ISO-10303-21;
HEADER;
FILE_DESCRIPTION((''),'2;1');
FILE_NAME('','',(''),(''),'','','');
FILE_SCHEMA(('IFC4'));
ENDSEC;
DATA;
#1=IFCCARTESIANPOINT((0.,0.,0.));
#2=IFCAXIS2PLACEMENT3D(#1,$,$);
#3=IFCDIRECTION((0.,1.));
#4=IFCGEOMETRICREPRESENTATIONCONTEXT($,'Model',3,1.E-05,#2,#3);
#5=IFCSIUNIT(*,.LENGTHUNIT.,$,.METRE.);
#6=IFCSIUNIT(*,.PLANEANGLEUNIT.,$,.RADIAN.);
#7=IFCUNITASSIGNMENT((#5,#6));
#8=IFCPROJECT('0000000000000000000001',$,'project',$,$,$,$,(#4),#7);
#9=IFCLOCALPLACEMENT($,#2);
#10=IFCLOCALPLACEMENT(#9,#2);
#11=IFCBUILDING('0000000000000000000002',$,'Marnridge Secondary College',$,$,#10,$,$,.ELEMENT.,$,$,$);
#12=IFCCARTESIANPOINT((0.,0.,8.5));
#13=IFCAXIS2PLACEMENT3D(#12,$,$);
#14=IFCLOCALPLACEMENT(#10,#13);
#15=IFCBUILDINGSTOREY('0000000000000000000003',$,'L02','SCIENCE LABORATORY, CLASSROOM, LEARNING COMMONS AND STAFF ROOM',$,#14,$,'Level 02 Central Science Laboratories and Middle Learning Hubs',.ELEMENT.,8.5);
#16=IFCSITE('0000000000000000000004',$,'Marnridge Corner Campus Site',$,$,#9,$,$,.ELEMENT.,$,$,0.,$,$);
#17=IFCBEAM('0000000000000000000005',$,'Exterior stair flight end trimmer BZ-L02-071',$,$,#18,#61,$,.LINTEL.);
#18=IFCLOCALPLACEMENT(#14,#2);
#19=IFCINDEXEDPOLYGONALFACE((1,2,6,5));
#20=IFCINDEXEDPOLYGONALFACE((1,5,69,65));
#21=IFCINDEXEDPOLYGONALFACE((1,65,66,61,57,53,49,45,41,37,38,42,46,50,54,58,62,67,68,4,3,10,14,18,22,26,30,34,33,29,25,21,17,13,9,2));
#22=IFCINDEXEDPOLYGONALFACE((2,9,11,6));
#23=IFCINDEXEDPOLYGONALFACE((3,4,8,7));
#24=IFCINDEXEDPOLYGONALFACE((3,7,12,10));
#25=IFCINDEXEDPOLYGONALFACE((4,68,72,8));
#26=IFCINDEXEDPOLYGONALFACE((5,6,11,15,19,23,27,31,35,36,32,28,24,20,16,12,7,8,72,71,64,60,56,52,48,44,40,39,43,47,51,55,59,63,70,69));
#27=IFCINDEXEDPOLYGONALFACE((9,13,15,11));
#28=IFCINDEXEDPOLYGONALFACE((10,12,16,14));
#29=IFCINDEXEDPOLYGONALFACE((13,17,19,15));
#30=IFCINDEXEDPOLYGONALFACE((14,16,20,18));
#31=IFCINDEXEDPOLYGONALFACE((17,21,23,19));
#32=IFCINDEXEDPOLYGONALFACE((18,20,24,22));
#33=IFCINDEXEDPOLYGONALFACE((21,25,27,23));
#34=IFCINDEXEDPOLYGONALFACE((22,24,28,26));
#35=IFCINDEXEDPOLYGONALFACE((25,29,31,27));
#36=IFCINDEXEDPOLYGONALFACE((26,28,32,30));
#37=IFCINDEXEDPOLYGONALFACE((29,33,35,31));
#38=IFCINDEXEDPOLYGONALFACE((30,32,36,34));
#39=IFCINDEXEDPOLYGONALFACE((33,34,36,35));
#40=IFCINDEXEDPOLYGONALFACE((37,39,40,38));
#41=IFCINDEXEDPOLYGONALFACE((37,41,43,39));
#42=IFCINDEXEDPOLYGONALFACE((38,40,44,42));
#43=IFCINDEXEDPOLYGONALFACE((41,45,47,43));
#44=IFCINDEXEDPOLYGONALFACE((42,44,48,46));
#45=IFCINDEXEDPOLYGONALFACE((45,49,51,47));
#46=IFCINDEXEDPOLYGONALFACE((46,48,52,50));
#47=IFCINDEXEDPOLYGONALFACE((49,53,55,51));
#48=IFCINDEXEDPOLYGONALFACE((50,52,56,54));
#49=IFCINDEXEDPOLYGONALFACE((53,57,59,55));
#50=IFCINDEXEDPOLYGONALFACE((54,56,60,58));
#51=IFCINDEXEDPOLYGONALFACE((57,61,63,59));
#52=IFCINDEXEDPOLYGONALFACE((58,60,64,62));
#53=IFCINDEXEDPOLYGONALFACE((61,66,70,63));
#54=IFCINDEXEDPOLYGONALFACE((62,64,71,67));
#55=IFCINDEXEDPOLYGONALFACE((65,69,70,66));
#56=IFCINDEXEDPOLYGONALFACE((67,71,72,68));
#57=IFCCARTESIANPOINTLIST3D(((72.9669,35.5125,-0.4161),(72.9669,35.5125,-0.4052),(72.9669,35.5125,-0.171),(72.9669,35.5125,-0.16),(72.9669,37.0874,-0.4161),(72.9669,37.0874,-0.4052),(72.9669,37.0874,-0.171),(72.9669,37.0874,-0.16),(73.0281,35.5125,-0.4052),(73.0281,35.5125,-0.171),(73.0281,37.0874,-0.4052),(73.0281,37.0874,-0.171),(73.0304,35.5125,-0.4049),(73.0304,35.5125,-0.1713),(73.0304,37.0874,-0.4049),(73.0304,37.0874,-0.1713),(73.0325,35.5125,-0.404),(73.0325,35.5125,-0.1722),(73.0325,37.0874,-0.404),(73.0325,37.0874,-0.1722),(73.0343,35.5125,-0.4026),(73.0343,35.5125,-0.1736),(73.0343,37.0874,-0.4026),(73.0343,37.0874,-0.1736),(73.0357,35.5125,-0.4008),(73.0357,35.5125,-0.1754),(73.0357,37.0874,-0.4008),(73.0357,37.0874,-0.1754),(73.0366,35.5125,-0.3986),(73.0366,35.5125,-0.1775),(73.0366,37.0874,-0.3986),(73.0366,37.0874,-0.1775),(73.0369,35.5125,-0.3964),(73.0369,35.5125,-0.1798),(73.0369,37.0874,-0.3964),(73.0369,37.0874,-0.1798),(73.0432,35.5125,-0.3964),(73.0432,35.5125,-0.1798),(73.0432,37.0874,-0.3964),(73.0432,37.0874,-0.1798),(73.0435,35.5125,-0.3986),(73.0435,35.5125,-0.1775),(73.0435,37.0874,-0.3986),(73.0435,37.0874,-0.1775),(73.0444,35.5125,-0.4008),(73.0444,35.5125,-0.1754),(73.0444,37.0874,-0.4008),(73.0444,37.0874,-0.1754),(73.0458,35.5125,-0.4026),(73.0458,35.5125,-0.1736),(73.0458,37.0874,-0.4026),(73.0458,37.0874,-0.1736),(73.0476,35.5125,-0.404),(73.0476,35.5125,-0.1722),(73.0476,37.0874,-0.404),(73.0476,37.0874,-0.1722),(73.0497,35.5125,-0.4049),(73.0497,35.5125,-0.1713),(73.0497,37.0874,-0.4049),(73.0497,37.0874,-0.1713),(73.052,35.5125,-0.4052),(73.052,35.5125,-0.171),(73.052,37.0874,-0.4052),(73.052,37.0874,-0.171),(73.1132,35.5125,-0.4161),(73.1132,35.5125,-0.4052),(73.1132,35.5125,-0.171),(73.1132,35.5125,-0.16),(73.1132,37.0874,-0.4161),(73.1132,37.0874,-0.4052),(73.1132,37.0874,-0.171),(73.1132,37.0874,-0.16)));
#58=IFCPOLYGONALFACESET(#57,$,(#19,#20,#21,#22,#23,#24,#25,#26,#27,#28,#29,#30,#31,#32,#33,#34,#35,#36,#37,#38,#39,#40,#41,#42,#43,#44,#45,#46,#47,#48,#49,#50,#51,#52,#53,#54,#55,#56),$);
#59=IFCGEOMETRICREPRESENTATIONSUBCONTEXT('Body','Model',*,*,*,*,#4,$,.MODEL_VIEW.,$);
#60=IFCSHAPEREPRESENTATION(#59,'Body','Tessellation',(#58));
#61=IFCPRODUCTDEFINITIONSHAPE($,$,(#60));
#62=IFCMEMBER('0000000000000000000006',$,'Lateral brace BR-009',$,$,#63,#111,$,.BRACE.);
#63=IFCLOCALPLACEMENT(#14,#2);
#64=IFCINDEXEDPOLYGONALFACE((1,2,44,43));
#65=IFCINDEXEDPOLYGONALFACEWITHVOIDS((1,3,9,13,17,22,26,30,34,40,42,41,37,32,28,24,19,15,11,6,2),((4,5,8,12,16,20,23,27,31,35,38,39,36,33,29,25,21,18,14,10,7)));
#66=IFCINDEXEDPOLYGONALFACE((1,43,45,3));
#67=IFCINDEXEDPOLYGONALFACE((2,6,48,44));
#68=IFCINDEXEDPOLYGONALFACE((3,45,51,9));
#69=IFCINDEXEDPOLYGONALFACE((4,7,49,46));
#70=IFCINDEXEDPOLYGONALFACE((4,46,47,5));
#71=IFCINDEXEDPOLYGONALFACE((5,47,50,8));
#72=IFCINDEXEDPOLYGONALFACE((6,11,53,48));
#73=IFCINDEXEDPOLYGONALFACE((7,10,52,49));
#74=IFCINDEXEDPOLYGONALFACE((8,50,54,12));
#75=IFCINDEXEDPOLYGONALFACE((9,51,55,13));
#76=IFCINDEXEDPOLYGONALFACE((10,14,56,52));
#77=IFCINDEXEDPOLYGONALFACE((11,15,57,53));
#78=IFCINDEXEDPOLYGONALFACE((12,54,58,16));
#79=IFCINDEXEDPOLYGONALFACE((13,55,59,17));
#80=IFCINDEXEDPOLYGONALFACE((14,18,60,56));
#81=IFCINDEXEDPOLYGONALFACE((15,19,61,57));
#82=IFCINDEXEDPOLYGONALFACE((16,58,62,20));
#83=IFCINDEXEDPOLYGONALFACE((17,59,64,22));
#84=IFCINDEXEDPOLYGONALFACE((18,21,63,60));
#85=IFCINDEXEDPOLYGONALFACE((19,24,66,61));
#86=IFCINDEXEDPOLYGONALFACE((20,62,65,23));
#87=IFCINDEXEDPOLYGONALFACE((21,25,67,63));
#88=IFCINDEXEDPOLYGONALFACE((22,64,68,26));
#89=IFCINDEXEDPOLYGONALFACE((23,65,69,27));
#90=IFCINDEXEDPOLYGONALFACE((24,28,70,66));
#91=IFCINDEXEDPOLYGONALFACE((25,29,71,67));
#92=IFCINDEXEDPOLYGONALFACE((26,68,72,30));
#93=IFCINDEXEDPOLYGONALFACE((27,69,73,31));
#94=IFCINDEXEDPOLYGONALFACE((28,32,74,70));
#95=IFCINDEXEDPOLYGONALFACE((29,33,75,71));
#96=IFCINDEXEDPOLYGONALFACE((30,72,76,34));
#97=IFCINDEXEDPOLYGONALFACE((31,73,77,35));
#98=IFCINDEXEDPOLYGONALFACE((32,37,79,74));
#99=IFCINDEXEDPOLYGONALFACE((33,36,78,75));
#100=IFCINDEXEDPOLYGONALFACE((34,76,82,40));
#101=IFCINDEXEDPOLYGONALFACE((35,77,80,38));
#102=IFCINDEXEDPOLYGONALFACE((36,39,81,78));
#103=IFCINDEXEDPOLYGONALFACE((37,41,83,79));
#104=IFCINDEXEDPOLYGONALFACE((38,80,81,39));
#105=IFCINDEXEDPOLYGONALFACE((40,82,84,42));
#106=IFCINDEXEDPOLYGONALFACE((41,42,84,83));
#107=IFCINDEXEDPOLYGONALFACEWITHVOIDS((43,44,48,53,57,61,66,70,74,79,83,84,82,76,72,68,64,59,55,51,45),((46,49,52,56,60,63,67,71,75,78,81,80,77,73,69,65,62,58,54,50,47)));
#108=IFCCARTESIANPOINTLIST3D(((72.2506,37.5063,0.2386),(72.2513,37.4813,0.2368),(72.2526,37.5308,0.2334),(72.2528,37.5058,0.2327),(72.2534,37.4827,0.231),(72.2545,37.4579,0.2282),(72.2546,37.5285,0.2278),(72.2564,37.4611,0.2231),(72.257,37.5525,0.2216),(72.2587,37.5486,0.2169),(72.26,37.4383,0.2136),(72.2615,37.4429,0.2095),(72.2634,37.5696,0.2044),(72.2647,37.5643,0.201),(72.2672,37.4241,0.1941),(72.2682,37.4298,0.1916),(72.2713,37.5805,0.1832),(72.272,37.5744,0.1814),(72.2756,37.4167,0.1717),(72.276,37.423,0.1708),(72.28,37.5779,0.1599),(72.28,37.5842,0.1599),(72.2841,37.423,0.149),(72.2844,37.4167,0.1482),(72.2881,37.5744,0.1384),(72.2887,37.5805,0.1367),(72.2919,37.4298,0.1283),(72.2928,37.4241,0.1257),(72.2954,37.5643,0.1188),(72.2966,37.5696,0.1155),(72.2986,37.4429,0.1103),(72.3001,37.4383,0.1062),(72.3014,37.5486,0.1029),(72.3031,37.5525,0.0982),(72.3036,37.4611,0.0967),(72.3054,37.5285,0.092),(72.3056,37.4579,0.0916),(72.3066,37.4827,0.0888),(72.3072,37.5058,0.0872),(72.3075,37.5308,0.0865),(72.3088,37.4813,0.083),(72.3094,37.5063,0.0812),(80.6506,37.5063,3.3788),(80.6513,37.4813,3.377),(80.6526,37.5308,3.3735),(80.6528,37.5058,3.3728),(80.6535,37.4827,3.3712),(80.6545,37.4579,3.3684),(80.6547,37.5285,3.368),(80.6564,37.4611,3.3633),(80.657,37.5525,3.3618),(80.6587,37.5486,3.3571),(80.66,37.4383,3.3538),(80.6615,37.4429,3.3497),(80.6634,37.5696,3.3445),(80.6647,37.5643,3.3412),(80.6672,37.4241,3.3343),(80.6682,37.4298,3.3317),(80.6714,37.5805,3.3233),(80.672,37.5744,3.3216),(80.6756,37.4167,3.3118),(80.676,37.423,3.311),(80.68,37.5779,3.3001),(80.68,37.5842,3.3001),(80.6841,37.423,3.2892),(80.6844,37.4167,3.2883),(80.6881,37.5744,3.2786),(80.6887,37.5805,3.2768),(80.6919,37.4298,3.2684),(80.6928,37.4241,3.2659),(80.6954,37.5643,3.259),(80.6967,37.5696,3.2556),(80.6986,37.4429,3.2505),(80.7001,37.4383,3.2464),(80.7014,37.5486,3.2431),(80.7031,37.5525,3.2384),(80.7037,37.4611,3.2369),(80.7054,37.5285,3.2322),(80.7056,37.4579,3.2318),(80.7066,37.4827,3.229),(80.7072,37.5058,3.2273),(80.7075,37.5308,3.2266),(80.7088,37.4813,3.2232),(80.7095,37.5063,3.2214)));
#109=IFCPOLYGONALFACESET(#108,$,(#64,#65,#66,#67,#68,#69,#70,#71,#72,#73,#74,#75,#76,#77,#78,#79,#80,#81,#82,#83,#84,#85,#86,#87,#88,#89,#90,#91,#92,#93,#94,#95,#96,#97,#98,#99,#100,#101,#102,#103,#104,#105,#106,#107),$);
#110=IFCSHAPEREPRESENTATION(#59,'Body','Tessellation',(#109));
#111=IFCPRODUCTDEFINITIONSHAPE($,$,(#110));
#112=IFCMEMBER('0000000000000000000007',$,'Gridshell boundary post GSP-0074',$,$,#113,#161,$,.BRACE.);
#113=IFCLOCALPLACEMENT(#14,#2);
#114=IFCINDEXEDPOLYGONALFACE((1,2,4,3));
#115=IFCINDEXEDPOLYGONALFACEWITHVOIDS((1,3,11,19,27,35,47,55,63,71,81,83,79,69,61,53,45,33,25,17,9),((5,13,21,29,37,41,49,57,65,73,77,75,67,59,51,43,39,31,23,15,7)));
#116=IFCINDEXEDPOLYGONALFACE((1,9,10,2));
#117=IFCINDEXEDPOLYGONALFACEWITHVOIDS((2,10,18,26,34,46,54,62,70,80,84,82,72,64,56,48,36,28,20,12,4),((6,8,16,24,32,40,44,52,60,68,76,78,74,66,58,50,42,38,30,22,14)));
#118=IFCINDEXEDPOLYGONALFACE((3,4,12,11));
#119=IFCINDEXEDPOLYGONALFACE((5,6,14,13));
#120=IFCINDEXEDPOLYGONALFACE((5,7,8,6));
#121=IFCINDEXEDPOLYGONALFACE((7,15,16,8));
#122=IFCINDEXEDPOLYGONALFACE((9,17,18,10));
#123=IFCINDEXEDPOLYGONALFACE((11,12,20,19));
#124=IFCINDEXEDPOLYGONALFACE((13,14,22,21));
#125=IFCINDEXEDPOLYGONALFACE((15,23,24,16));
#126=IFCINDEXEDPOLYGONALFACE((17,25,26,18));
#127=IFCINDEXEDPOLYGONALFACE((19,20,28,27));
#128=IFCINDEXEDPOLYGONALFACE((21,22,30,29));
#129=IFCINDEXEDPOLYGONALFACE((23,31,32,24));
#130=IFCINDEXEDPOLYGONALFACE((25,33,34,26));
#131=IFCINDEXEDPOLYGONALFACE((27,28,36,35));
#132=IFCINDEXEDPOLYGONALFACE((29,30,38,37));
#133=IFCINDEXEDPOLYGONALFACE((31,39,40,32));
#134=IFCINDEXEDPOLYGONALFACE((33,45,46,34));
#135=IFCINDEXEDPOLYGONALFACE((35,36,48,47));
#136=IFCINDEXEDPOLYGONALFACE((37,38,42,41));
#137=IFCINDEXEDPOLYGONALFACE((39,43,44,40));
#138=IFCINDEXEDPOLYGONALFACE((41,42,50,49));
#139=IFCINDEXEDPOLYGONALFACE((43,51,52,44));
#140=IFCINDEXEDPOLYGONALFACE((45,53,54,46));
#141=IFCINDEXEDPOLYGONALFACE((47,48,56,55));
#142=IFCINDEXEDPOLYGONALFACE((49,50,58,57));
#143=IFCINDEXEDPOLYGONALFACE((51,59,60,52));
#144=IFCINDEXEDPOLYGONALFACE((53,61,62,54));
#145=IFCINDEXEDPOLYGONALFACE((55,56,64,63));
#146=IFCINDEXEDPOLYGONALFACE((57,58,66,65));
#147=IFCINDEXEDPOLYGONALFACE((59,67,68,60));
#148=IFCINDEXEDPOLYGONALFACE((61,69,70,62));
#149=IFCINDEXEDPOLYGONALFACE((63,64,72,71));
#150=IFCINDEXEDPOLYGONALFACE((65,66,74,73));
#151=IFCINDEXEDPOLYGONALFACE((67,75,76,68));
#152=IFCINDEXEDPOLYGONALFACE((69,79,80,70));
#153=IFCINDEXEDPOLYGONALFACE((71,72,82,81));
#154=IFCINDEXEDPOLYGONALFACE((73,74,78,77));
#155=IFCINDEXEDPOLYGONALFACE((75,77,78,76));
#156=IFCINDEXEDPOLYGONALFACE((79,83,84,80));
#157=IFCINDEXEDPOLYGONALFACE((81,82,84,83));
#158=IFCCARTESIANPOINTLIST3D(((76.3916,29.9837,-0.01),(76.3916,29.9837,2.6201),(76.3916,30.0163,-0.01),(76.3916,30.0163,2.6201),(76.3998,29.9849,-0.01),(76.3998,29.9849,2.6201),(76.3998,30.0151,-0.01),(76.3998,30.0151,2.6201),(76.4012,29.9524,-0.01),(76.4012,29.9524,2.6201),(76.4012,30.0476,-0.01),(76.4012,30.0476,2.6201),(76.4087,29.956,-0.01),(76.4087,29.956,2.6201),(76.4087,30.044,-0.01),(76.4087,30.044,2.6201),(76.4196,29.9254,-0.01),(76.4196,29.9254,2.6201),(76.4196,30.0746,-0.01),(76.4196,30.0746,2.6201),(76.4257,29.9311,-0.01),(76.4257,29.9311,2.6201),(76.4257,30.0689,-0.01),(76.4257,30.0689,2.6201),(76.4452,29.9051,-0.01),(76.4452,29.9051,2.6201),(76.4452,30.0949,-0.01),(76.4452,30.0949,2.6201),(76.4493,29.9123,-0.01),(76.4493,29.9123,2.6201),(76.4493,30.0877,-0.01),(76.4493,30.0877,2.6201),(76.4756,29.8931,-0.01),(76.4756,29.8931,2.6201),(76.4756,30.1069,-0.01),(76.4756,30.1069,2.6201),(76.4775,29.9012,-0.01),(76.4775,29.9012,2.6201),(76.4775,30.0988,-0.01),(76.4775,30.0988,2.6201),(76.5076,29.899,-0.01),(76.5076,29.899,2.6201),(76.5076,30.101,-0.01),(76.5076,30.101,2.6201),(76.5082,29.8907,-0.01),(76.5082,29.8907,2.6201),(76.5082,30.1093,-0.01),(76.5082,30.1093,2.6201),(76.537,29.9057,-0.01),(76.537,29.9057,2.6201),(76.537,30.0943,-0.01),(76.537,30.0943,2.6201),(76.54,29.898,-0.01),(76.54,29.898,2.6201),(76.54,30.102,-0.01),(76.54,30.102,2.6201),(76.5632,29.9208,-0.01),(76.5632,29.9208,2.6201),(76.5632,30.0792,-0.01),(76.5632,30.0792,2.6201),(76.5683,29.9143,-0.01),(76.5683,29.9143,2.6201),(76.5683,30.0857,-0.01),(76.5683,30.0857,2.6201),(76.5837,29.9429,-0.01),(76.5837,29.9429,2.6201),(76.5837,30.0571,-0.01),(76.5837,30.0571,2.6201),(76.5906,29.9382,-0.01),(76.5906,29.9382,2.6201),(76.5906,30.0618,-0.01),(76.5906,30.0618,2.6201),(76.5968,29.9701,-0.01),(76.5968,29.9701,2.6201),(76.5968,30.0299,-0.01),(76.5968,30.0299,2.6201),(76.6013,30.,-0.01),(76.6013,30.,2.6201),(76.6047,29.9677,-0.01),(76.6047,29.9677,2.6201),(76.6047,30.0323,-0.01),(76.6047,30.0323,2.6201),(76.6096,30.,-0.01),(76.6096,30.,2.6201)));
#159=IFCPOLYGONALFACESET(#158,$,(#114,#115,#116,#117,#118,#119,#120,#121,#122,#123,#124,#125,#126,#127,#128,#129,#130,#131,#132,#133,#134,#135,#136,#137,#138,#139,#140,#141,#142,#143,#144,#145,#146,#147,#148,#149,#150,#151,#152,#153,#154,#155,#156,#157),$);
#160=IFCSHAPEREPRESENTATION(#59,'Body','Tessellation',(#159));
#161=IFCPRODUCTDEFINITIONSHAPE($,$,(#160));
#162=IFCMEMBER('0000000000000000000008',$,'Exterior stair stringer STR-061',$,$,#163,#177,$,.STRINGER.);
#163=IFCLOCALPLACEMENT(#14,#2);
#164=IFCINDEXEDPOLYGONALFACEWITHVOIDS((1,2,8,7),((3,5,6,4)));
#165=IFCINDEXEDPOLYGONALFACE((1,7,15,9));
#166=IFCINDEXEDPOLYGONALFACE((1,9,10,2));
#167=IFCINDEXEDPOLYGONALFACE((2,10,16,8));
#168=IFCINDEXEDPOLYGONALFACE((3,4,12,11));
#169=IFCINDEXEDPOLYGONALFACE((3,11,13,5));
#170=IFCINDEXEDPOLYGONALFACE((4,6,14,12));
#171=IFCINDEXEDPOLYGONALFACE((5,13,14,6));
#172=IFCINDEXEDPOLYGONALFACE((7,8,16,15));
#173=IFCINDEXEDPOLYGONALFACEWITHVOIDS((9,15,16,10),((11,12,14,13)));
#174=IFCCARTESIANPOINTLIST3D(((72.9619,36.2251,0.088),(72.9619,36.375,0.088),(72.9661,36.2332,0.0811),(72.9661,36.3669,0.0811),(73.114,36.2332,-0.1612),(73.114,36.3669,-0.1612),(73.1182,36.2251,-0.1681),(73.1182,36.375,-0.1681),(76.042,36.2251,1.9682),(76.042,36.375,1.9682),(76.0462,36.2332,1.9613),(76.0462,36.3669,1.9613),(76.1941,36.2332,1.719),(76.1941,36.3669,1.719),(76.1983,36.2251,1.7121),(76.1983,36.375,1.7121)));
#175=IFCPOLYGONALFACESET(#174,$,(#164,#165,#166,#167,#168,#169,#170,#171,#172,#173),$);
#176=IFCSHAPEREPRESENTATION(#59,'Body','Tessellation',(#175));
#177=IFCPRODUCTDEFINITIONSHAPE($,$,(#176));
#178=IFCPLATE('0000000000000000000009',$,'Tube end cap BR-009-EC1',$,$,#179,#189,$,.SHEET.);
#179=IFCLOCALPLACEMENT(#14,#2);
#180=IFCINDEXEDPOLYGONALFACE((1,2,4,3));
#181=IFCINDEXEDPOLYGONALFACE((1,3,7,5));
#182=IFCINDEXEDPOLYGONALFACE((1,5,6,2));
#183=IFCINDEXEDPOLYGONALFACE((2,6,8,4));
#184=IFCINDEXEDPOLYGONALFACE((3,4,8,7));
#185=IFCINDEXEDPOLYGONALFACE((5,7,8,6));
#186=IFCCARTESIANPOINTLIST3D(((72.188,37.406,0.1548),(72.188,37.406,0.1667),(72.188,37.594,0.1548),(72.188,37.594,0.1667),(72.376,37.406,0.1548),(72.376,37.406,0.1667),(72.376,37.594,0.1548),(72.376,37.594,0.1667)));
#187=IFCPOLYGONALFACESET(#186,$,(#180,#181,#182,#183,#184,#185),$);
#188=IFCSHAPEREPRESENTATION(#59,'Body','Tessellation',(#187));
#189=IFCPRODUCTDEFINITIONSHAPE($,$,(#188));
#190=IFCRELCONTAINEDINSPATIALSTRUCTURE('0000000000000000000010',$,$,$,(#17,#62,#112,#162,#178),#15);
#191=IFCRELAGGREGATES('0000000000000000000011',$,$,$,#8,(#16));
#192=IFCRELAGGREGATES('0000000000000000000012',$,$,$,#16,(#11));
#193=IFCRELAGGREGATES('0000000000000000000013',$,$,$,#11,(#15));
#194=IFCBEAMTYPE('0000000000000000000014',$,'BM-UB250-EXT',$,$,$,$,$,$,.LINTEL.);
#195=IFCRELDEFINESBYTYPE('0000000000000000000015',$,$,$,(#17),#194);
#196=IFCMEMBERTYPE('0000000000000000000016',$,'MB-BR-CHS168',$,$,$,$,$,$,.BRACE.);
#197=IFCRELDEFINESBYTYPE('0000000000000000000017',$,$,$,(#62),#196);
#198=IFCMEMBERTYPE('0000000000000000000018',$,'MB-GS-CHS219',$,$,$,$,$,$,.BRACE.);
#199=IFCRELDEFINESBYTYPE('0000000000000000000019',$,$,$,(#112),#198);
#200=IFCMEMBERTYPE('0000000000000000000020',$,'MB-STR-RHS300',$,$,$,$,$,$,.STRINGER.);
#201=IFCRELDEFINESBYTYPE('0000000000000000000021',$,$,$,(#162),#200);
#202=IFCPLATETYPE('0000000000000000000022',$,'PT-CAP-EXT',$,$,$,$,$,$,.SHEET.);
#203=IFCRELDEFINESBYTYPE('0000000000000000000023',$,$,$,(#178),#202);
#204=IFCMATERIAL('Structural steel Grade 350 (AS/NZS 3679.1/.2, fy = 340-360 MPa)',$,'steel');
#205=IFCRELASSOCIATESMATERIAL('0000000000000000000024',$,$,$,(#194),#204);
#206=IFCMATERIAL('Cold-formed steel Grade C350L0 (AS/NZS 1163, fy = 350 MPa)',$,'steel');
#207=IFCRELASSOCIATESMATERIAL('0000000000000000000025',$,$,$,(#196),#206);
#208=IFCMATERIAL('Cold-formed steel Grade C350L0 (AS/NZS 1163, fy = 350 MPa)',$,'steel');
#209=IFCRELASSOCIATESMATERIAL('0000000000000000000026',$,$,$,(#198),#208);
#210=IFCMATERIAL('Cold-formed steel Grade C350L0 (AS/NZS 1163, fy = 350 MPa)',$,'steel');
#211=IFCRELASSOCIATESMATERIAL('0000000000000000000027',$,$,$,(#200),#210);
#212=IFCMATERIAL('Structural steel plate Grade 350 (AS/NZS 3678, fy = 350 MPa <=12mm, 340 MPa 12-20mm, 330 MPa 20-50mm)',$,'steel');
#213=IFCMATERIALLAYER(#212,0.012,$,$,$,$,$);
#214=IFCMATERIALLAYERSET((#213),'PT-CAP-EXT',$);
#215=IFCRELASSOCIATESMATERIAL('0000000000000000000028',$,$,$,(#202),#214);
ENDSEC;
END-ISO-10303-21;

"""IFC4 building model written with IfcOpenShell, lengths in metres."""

from ifc_helpers import new_model, si_unit, direction, frame, origin, origin_2d, place, context, subcontext, project, spatial, rectangle, hollow_rectangle, hollow_circle, i_section, extrude, material, layer, layer_set, material_profile, profile_set, type_object, element, save


model = new_model("IFC4")

# Units and contexts
model_context = context("Model", 3, precision=1e-05, world=origin(), true_north=direction((0.0, 1.0)))
body_context = subcontext(model_context, "Body", "Model", "MODEL_VIEW")
ifc_project = project(units=[si_unit("LENGTHUNIT", "METRE"), si_unit("PLANEANGLEUNIT", "RADIAN")], contexts=[model_context])

# Site, building, storey
site_placement = place(None, origin())
site = spatial("IfcSite", under=ifc_project, at=site_placement, Name="Marnridge Corner Campus Site", CompositionType="ELEMENT", RefElevation=0.0)
building_placement = place(site_placement, origin())
building = spatial("IfcBuilding", under=site, at=building_placement, Name="Marnridge Secondary College", CompositionType="ELEMENT")
storey_placement = place(building_placement, frame((0.0, 0.0, 8.5)))
storey = spatial("IfcBuildingStorey", under=building, at=storey_placement, Name="L02", Description="SCIENCE LABORATORY, CLASSROOM, LEARNING COMMONS AND STAFF ROOM", LongName="Level 02 Central Science Laboratories and Middle Learning Hubs", CompositionType="ELEMENT", Elevation=8.5)

# Beam
ifc_material_1 = material(Name="Structural steel Grade 350 (AS/NZS 3679.1/.2, fy = 340-360 MPa)", Category="steel")
ifc_material_profile_1 = material_profile(ifc_material_1, i_section(OverallWidth=0.1462, OverallDepth=0.2561, WebThickness=0.0063, FlangeThickness=0.011, FilletRadius=0.0088, at=origin_2d()), Name="250UB37.3")
ifc_profile_set_1 = profile_set([ifc_material_profile_1], Name="Structural steel Grade 350 (AS/NZS 3679.1/.2, fy = 340-360 MPa)")
beam_type_1 = type_object("IfcBeamType", Name="BM-UB250-EXT", PredefinedType="LINTEL", material=ifc_profile_set_1)
beam_1_placement = place(storey_placement, frame((73.04, 35.5125, -0.2881), z_axis=(0.0, 1.0, 0.0), x_axis=(-1.0, 0.0, 0.0)))
element("IfcBeam", 1, at=beam_1_placement, inside=storey, type_object=beam_type_1, Name="Exterior stair flight end trimmer BZ-L02-071", PredefinedType="LINTEL", context=body_context, shape_type="SweptSolid", body=[
    extrude(i_section(OverallWidth=0.1462, OverallDepth=0.2561, WebThickness=0.0063, FlangeThickness=0.011, FilletRadius=0.0088, at=origin_2d()), origin(), (0.0, 0.0, 1.0), 1.575),
])

# Members
ifc_material_2 = material(Name="Cold-formed steel Grade C350L0 (AS/NZS 1163, fy = 350 MPa)", Category="steel")
ifc_material_profile_2 = material_profile(ifc_material_2, hollow_circle(Radius=0.0842, WallThickness=0.0063, at=origin_2d()), Name="168.3x6.4CHS")
ifc_profile_set_2 = profile_set([ifc_material_profile_2], Name="Cold-formed steel Grade C350L0 (AS/NZS 1163, fy = 350 MPa)")
member_type_1 = type_object("IfcMemberType", Name="MB-BR-CHS168", PredefinedType="BRACE", material=ifc_profile_set_2)
member_1_placement = place(storey_placement, frame((72.28, 37.5, 0.1599), z_axis=(0.936689, 0.0, 0.350163), x_axis=(0.0, 1.0, 0.0)))
element("IfcMember", 2, at=member_1_placement, inside=storey, type_object=member_type_1, Name="Lateral brace BR-009", PredefinedType="BRACE", context=body_context, shape_type="SweptSolid", body=[
    extrude(hollow_circle(Radius=0.0842, WallThickness=0.0063, at=origin_2d()), origin(), (0.0, 0.0, 1.0), 8.9678),
])
ifc_material_3 = material(Name="Cold-formed steel Grade C350L0 (AS/NZS 1163, fy = 350 MPa)", Category="steel")
ifc_material_profile_3 = material_profile(ifc_material_3, hollow_circle(Radius=0.1096, WallThickness=0.0083, at=origin_2d()), Name="219.1x8.2CHS")
ifc_profile_set_3 = profile_set([ifc_material_profile_3], Name="Cold-formed steel Grade C350L0 (AS/NZS 1163, fy = 350 MPa)")
member_type_2 = type_object("IfcMemberType", Name="MB-GS-CHS219", PredefinedType="BRACE", material=ifc_profile_set_3)
member_2_placement = place(storey_placement, frame((76.5, 30.0, -0.01), z_axis=(0.0, 0.0, 1.0), x_axis=(1.0, 0.0, 0.0)))
element("IfcMember", 3, at=member_2_placement, inside=storey, type_object=member_type_2, Name="Gridshell boundary post GSP-0074", PredefinedType="BRACE", context=body_context, shape_type="SweptSolid", body=[
    extrude(hollow_circle(Radius=0.1096, WallThickness=0.0083, at=origin_2d()), origin(), (0.0, 0.0, 1.0), 2.6301),
])
ifc_material_4 = material(Name="Cold-formed steel Grade C350L0 (AS/NZS 1163, fy = 350 MPa)", Category="steel")
ifc_material_profile_4 = material_profile(ifc_material_4, hollow_rectangle(XDim=0.1499, YDim=0.3, WallThickness=0.0081, at=origin_2d()), Name="300x150x8.0RHS")
ifc_profile_set_4 = profile_set([ifc_material_profile_4], Name="Cold-formed steel Grade C350L0 (AS/NZS 1163, fy = 350 MPa)")
member_type_3 = type_object("IfcMemberType", Name="MB-STR-RHS300", PredefinedType="STRINGER", material=ifc_profile_set_4)
member_3_placement = place(storey_placement, frame((73.04, 36.3, -0.04), z_axis=(0.853546, 0.0, 0.521018), x_axis=(0.0, 1.0, 0.0)))
element("IfcMember", 4, at=member_3_placement, inside=storey, type_object=member_type_3, Name="Exterior stair stringer STR-061", PredefinedType="STRINGER", context=body_context, shape_type="SweptSolid", body=[
    extrude(hollow_rectangle(XDim=0.1499, YDim=0.3, WallThickness=0.0081, at=origin_2d()), origin(), (0.0, 0.0, 1.0), 3.6086),
])

# Plate
ifc_material_5 = material(Name="Structural steel plate Grade 350 (AS/NZS 3678, fy = 350 MPa <=12mm, 340 MPa 12-20mm, 330 MPa 20-50mm)", Category="steel")
ifc_layer_1 = layer(ifc_material_5, 0.012)
ifc_layer_set_1 = layer_set([ifc_layer_1], Name="PT-CAP-EXT")
plate_type_1 = type_object("IfcPlateType", Name="PT-CAP-EXT", PredefinedType="SHEET", material=ifc_layer_set_1)
plate_1_placement = place(storey_placement, frame((72.282, 37.5, 0.1548), z_axis=(0.0, 0.0, 1.0), x_axis=(1.0, 0.0, 0.0)))
element("IfcPlate", 5, at=plate_1_placement, inside=storey, type_object=plate_type_1, Name="Tube end cap BR-009-EC1", PredefinedType="SHEET", context=body_context, shape_type="SweptSolid", body=[
    extrude(rectangle(XDim=0.188, YDim=0.188, at=origin_2d()), origin(), (0.0, 0.0, 1.0), 0.012),
])

save(model, "model.ifc")
